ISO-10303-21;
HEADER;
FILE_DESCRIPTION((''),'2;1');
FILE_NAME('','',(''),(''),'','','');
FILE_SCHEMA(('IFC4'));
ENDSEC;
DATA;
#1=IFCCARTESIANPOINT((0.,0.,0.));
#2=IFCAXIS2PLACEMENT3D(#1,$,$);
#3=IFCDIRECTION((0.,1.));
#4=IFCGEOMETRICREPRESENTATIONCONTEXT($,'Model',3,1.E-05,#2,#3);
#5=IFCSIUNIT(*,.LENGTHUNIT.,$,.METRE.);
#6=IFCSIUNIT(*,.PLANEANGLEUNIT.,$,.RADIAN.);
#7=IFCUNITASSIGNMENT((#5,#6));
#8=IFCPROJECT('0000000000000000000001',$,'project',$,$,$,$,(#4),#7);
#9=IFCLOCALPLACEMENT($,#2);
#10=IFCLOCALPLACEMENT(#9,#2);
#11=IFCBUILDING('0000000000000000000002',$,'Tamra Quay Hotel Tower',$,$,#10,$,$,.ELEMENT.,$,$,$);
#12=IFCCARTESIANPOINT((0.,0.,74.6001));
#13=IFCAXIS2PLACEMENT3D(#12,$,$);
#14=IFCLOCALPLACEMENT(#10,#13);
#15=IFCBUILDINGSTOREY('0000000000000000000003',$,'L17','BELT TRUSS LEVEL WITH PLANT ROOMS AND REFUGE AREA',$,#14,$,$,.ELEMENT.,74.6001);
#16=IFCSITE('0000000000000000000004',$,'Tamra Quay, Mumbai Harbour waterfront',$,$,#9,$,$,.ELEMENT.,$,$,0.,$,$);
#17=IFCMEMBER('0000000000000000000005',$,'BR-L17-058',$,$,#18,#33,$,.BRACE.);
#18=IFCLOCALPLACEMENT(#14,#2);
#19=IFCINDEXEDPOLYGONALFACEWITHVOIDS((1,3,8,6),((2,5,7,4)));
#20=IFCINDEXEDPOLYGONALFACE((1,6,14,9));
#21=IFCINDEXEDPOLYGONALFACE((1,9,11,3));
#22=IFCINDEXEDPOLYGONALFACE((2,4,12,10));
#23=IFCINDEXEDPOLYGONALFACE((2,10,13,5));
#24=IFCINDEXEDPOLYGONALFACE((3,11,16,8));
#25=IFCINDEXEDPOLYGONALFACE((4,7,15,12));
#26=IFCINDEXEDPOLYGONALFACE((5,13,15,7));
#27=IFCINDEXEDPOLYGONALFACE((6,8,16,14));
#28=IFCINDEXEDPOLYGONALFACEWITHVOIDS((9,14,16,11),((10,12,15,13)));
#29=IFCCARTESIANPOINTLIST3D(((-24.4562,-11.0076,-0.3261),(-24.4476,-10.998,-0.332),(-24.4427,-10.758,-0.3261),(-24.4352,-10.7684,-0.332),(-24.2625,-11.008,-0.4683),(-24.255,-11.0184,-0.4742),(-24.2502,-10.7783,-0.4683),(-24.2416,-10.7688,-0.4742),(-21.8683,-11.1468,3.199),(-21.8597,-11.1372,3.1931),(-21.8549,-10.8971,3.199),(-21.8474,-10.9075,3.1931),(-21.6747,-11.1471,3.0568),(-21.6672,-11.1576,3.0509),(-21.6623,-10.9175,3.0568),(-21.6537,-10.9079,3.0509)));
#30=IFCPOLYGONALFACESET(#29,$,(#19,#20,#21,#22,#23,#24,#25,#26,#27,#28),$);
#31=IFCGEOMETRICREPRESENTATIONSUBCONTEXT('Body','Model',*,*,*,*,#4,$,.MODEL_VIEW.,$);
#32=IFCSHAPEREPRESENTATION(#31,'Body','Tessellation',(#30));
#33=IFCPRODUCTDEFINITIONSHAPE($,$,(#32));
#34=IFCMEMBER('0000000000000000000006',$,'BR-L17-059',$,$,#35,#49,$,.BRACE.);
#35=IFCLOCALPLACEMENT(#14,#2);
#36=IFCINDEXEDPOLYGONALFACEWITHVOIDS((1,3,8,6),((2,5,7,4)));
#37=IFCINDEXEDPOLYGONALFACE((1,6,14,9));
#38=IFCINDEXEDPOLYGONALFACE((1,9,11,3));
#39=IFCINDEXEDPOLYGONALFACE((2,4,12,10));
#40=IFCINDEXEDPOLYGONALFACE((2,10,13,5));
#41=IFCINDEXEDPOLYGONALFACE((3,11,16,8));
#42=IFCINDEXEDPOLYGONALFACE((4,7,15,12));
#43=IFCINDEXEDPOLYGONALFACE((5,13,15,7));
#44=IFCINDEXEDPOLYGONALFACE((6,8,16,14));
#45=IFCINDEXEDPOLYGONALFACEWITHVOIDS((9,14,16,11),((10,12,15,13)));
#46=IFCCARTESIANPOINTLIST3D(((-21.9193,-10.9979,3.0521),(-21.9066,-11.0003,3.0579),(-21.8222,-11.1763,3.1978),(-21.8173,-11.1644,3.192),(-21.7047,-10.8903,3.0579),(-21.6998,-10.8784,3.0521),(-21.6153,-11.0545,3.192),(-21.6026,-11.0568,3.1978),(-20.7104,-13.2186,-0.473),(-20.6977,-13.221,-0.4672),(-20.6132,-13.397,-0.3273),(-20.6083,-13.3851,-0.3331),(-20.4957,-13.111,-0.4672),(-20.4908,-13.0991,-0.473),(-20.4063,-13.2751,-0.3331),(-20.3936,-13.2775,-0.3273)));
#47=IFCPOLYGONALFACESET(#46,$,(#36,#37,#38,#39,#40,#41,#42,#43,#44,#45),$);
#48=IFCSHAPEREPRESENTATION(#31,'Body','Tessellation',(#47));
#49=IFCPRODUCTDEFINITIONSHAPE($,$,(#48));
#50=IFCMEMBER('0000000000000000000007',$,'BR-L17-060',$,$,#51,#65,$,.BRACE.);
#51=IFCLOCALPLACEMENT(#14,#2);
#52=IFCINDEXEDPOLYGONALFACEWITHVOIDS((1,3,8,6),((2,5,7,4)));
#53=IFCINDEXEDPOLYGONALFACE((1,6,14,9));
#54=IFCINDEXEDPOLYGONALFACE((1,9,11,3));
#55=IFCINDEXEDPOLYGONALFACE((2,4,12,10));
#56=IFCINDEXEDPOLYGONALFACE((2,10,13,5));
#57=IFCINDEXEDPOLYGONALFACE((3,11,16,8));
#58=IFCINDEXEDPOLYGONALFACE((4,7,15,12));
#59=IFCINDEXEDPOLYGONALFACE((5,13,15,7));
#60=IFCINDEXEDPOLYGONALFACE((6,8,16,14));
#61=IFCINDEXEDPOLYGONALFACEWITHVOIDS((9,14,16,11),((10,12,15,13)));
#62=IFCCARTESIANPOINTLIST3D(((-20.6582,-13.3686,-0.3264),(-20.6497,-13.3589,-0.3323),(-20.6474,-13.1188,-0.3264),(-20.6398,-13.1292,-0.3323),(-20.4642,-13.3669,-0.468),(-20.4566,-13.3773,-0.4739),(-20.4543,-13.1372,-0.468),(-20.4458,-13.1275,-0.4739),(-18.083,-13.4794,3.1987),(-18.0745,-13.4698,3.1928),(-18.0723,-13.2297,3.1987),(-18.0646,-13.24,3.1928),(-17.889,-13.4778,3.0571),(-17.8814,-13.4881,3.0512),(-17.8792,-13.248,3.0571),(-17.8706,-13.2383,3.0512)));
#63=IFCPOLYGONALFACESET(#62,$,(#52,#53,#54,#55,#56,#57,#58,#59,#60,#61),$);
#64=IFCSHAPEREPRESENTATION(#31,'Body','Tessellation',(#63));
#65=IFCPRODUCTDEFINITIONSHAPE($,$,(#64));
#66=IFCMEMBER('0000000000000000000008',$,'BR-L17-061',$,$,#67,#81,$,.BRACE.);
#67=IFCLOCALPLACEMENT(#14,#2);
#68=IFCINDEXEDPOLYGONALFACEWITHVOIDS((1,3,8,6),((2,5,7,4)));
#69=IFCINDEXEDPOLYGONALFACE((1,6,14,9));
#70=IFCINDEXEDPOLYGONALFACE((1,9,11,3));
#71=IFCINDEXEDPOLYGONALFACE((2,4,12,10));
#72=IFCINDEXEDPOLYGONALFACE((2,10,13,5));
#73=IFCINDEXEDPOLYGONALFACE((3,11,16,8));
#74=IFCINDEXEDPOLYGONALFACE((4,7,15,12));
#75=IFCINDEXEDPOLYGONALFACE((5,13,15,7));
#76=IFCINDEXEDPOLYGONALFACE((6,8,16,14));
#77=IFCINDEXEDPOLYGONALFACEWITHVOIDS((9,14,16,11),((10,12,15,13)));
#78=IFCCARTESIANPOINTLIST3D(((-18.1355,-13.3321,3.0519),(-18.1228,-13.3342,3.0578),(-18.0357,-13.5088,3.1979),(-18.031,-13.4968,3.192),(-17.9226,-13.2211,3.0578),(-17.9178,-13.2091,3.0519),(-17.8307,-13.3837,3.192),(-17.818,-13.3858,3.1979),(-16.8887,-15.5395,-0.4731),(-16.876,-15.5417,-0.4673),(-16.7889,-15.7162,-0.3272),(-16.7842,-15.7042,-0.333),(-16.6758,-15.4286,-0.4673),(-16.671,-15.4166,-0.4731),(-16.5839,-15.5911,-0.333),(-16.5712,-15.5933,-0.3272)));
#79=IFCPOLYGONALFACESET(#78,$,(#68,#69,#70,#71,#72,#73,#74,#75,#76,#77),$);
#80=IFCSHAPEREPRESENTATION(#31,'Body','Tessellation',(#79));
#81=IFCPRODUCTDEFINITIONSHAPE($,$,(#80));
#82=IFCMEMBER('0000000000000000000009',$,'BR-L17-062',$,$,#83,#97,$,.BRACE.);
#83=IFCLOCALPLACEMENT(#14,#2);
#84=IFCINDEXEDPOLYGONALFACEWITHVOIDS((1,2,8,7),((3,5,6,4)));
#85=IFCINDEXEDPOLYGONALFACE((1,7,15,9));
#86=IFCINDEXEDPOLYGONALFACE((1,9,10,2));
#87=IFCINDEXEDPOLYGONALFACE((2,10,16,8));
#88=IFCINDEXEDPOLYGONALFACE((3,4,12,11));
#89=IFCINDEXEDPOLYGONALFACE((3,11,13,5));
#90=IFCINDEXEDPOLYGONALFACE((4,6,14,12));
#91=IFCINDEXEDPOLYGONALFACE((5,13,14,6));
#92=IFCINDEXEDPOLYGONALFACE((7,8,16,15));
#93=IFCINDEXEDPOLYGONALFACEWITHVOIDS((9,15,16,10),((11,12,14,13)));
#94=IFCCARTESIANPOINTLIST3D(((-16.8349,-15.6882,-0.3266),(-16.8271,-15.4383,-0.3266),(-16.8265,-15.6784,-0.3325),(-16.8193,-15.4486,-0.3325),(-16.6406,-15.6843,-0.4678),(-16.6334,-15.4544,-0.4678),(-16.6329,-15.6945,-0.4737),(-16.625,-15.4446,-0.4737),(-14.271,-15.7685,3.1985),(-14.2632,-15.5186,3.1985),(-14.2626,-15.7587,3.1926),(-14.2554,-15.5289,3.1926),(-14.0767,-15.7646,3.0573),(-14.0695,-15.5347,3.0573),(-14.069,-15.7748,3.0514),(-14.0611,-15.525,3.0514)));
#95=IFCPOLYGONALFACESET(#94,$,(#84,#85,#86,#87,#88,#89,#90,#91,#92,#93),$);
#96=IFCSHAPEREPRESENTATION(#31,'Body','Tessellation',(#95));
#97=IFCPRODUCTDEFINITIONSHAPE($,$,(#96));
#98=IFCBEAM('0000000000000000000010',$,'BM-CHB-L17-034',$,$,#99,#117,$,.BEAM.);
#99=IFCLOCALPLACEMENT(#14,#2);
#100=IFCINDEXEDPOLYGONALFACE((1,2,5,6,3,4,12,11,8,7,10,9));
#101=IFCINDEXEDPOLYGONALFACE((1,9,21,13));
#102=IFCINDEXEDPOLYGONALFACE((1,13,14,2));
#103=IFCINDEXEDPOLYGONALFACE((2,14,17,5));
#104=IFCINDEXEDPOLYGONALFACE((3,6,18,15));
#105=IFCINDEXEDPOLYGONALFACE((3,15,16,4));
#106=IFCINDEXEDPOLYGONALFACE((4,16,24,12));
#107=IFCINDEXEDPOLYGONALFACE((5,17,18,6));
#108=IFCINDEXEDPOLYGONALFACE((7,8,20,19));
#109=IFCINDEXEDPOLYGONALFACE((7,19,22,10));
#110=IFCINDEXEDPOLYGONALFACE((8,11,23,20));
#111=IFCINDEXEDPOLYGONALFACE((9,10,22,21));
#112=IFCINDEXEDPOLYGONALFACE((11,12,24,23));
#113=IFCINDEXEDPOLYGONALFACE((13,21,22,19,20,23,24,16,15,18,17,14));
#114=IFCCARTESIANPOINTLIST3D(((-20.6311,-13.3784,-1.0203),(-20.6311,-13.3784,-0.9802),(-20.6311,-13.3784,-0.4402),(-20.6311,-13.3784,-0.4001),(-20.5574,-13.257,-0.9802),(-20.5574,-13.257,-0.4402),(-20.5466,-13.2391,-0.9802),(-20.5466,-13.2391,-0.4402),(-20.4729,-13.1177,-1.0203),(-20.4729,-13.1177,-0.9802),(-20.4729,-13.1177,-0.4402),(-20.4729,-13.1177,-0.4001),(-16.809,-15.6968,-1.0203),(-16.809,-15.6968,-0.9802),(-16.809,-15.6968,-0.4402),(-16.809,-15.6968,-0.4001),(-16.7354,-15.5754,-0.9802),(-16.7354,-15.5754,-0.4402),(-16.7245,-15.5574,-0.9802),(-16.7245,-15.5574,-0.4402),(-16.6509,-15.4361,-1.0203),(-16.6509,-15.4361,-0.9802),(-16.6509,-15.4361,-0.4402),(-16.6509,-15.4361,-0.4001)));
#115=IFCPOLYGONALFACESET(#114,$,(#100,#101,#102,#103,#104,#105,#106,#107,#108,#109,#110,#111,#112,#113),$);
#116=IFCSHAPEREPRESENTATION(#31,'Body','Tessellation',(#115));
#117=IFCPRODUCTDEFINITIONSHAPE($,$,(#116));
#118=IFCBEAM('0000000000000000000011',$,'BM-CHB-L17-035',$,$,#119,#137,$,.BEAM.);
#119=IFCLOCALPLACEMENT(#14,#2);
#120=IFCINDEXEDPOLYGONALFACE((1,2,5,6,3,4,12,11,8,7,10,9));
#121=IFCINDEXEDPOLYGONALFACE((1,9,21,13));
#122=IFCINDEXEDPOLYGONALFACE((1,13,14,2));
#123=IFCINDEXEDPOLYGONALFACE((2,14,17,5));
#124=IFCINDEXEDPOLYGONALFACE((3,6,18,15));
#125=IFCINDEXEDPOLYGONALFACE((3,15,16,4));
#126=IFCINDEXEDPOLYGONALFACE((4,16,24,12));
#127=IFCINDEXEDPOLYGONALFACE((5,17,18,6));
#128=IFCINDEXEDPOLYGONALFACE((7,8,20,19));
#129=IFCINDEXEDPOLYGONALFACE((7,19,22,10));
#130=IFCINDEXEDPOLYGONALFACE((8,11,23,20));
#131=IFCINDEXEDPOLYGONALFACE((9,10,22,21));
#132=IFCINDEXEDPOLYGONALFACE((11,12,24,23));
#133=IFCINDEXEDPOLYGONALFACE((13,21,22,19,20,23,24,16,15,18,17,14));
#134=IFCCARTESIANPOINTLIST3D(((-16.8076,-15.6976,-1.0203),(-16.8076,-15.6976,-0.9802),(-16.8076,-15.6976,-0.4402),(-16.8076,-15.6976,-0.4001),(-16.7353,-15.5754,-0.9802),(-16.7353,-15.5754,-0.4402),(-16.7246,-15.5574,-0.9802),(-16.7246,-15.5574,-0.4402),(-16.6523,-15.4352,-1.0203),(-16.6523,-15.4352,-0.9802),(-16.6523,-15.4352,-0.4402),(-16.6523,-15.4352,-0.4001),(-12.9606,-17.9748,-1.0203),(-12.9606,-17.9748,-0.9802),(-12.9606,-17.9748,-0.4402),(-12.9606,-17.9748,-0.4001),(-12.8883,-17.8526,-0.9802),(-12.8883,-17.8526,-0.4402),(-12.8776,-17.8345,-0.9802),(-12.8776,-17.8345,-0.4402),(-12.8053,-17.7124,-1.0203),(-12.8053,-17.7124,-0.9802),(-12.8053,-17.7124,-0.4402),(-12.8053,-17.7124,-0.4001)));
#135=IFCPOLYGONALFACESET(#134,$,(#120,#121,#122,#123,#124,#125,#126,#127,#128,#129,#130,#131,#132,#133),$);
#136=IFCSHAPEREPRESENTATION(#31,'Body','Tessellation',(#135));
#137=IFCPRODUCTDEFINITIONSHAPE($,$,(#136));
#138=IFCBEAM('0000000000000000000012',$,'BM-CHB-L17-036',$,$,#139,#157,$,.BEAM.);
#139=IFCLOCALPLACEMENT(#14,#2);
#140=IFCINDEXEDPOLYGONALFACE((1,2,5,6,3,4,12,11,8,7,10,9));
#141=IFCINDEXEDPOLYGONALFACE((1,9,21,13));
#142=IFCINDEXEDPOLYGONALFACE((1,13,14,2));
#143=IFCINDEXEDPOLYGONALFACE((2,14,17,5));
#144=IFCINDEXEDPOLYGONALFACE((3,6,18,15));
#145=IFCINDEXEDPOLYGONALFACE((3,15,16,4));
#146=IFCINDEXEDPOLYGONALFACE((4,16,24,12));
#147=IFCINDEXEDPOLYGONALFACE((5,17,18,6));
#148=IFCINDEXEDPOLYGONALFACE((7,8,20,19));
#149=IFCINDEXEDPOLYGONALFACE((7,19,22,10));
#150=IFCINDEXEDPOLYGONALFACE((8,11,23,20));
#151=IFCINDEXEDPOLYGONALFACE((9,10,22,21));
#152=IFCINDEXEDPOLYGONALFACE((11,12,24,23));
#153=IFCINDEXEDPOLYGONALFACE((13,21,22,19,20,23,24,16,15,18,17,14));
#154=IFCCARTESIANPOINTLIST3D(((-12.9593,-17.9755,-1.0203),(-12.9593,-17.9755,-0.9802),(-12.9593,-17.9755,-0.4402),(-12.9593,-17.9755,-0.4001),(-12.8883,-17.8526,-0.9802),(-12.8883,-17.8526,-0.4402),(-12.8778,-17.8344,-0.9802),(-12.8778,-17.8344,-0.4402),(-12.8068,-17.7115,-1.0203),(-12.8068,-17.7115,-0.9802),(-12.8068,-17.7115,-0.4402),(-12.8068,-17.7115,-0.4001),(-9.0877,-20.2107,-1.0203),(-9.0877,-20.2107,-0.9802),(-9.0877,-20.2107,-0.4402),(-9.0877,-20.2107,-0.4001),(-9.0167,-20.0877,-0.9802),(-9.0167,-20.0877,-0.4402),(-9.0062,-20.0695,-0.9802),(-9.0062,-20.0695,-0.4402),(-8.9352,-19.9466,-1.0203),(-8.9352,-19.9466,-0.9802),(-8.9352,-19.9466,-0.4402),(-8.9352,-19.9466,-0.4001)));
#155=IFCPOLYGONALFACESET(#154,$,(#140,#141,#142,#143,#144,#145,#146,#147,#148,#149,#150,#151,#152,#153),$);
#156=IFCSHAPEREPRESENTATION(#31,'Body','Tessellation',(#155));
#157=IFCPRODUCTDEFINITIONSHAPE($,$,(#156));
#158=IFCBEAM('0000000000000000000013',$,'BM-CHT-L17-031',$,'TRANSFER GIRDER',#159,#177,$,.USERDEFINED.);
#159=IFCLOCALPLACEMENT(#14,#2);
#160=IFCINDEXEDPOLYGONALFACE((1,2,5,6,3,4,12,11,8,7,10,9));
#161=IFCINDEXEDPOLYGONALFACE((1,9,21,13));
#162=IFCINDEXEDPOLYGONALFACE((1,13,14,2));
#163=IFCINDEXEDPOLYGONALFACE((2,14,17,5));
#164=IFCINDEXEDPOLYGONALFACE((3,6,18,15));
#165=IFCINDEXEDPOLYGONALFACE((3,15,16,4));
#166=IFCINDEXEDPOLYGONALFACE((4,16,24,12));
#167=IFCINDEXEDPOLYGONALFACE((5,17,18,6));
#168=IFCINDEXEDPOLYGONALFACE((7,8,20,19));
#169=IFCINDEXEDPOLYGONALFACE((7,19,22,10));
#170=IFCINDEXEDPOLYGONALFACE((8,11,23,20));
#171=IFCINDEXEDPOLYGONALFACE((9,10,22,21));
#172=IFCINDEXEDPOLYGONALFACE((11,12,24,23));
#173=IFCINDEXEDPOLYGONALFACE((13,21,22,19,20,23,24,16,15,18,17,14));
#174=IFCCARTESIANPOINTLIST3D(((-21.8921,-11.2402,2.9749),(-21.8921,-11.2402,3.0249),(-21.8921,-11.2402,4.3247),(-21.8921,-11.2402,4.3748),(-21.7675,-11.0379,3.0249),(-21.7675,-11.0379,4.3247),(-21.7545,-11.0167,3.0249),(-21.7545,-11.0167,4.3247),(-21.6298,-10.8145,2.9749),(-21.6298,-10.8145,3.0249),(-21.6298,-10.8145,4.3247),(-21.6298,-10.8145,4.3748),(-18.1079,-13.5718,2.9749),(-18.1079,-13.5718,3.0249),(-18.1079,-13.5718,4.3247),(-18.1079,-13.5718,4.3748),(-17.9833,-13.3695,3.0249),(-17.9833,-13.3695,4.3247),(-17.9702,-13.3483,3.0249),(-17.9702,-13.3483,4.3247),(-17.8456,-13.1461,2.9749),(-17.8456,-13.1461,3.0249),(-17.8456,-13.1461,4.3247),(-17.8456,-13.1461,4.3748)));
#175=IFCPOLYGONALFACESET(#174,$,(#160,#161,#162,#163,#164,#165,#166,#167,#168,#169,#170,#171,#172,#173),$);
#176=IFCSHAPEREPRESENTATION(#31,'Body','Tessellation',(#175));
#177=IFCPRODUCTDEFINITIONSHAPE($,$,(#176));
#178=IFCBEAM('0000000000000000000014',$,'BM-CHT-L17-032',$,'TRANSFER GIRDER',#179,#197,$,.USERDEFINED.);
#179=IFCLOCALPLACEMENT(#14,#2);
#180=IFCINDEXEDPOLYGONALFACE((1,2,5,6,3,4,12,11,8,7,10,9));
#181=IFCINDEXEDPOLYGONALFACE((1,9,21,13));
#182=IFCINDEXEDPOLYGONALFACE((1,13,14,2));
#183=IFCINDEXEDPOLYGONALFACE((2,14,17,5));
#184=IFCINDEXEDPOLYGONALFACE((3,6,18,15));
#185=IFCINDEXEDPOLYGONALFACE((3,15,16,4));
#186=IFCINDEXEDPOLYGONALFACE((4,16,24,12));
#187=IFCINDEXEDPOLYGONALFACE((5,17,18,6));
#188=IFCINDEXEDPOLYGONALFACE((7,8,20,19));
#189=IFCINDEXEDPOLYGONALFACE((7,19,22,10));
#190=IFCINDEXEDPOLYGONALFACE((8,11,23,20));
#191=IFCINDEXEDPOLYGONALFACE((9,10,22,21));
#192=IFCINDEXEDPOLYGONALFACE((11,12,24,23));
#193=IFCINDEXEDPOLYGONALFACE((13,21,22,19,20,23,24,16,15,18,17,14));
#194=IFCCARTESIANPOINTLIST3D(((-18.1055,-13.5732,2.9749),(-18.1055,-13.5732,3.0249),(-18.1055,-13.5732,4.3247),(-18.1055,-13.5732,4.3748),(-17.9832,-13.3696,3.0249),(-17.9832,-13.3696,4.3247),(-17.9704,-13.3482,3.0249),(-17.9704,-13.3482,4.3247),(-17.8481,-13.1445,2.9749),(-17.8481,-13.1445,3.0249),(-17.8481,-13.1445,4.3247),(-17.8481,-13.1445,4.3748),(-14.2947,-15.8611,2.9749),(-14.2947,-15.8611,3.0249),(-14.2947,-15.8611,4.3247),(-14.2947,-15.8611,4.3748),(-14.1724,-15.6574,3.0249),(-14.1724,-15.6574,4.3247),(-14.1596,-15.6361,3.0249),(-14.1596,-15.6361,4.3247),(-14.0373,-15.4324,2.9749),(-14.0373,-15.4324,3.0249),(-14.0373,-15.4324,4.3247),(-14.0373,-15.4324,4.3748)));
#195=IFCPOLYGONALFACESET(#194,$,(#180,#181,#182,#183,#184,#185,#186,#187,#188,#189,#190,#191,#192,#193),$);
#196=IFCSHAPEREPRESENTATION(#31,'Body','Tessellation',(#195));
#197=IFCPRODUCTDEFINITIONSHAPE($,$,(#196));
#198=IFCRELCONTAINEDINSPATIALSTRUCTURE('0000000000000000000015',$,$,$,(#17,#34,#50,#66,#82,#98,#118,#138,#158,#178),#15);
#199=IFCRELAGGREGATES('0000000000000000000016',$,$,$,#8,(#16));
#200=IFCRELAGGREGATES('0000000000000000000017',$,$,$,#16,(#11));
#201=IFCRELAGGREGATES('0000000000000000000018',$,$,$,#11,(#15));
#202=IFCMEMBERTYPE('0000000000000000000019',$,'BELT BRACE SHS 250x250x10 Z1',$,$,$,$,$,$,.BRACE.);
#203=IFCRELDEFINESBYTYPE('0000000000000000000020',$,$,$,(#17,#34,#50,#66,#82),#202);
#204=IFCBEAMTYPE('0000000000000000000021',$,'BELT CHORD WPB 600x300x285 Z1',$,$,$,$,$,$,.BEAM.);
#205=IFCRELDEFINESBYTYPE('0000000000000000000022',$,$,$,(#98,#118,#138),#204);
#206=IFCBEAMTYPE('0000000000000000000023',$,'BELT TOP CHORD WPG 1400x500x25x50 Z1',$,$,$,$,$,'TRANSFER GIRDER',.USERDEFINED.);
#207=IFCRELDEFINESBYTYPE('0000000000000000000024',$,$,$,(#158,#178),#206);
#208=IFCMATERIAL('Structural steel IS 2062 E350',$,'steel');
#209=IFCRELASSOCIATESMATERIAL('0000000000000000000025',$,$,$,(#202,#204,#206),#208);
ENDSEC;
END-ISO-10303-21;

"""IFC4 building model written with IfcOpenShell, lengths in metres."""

from ifc_helpers import new_model, si_unit, direction, frame, origin, origin_2d, place, context, subcontext, project, spatial, hollow_rectangle, i_section, extrude, material, material_profile, profile_set, type_object, element, save


model = new_model("IFC4")

# Units and contexts
model_context = context("Model", 3, precision=1e-05, world=origin(), true_north=direction((0.0, 1.0)))
body_context = subcontext(model_context, "Body", "Model", "MODEL_VIEW")
ifc_project = project(units=[si_unit("LENGTHUNIT", "METRE"), si_unit("PLANEANGLEUNIT", "RADIAN")], contexts=[model_context])

# Site, building, storey
site_placement = place(None, origin())
site = spatial("IfcSite", under=ifc_project, at=site_placement, Name="Tamra Quay, Mumbai Harbour waterfront", CompositionType="ELEMENT", RefElevation=0.0)
building_placement = place(site_placement, origin())
building = spatial("IfcBuilding", under=site, at=building_placement, Name="Tamra Quay Hotel Tower", CompositionType="ELEMENT")
storey_placement = place(building_placement, frame((0.0, 0.0, 74.6001)))
storey = spatial("IfcBuildingStorey", under=building, at=storey_placement, Name="L17", Description="BELT TRUSS LEVEL WITH PLANT ROOMS AND REFUGE AREA", CompositionType="ELEMENT", Elevation=74.6001)

# Members
ifc_material_1 = material(Name="Structural steel IS 2062 E350", Category="steel")
ifc_material_profile_1 = material_profile(ifc_material_1, hollow_rectangle(XDim=0.25, YDim=0.25, WallThickness=0.01, at=origin_2d()), Name="SHS 250x250x10")
ifc_profile_set_1 = profile_set([ifc_material_profile_1], Name="Structural steel IS 2062 E350")
member_type = type_object("IfcMemberType", Name="BELT BRACE SHS 250x250x10 Z1", PredefinedType="BRACE", material=ifc_profile_set_1)
member_1_placement = place(storey_placement, frame((-24.3489, -10.8882, -0.4001), z_axis=(0.591478, -0.031806, 0.805694), x_axis=(0.053696, 0.998557, 0.0)))
element("IfcMember", 1, at=member_1_placement, inside=storey, type_object=member_type, Name="BR-L17-058", PredefinedType="BRACE", context=body_context, shape_type="SweptSolid", body=[
    extrude(hollow_rectangle(XDim=0.25, YDim=0.25, WallThickness=0.01, at=origin_2d()), origin(), (0.0, 0.0, 1.0), 4.3752),
])
member_2_placement = place(storey_placement, frame((-20.552, -13.248, -0.4001), z_axis=(-0.278685, 0.511897, 0.812586), x_axis=(-0.878279, -0.478148, 0.0)))
element("IfcMember", 2, at=member_2_placement, inside=storey, type_object=member_type, Name="BR-L17-059", PredefinedType="BRACE", context=body_context, shape_type="SweptSolid", body=[
    extrude(hollow_rectangle(XDim=0.25, YDim=0.25, WallThickness=0.01, at=origin_2d()), origin(), (0.0, 0.0, 1.0), 4.3381),
])
member_3_placement = place(storey_placement, frame((-20.552, -13.248, -0.4001), z_axis=(0.589696, -0.025381, 0.807226), x_axis=(0.043002, 0.999075, 0.0)))
element("IfcMember", 3, at=member_3_placement, inside=storey, type_object=member_type, Name="BR-L17-060", PredefinedType="BRACE", context=body_context, shape_type="SweptSolid", body=[
    extrude(hollow_rectangle(XDim=0.25, YDim=0.25, WallThickness=0.01, at=origin_2d()), origin(), (0.0, 0.0, 1.0), 4.3669),
])
member_4_placement = place(storey_placement, frame((-16.73, -15.5664, -0.4001), z_axis=(-0.287144, 0.508392, 0.811841), x_axis=(-0.870715, -0.491788, 0.0)))
element("IfcMember", 4, at=member_4_placement, inside=storey, type_object=member_type, Name="BR-L17-061", PredefinedType="BRACE", context=body_context, shape_type="SweptSolid", body=[
    extrude(hollow_rectangle(XDim=0.25, YDim=0.25, WallThickness=0.01, at=origin_2d()), origin(), (0.0, 0.0, 1.0), 4.342),
])
member_5_placement = place(storey_placement, frame((-16.73, -15.5664, -0.4001), z_axis=(0.588105, -0.018424, 0.808575), x_axis=(0.031312, 0.99951, 0.0)))
element("IfcMember", 5, at=member_5_placement, inside=storey, type_object=member_type, Name="BR-L17-062", PredefinedType="BRACE", context=body_context, shape_type="SweptSolid", body=[
    extrude(hollow_rectangle(XDim=0.25, YDim=0.25, WallThickness=0.01, at=origin_2d()), origin(), (0.0, 0.0, 1.0), 4.3596),
])

# Beams
ifc_material_profile_2 = material_profile(ifc_material_1, i_section(OverallWidth=0.3049, OverallDepth=0.6201, WebThickness=0.021, FlangeThickness=0.04, at=origin_2d()), Name="WPB 600x300x285")
ifc_profile_set_2 = profile_set([ifc_material_profile_2], Name="Structural steel IS 2062 E350")
beam_type_1 = type_object("IfcBeamType", Name="BELT CHORD WPB 600x300x285 Z1", PredefinedType="BEAM", material=ifc_profile_set_2)
beam_placement = place(storey_placement, frame((-20.552, -13.248, -0.7102), z_axis=(0.855001, -0.518626, 0.0), x_axis=(0.518626, 0.855001, 0.0)))
element("IfcBeam", 6, at=beam_placement, inside=storey, type_object=beam_type_1, Name="BM-CHB-L17-034", PredefinedType="BEAM", context=body_context, shape_type="SweptSolid", body=[
    extrude(i_section(OverallWidth=0.3049, OverallDepth=0.6201, WebThickness=0.021, FlangeThickness=0.04, at=origin_2d()), origin(), (0.0, 0.0, 1.0), 4.4702),
])
for number, where, z_axis, x_axis, name in (
    (7, (-16.73, -15.5664, -0.7102), (0.860542, -0.509379, 0.0), (0.509379, 0.860542, 0.0), "BM-CHB-L17-035"),
    (8, (-12.8831, -17.8435, -0.7102), (0.86604, -0.499975, 0.0), (0.499975, 0.86604, 0.0), "BM-CHB-L17-036"),
):
    element("IfcBeam", number, at=place(storey_placement, frame(where, z_axis=z_axis, x_axis=x_axis)), inside=storey, type_object=beam_type_1, Name=name, PredefinedType="BEAM", context=body_context, shape_type="SweptSolid", body=[
        extrude(i_section(OverallWidth=0.3049, OverallDepth=0.6201, WebThickness=0.021, FlangeThickness=0.04, at=origin_2d()), origin(), (0.0, 0.0, 1.0), 4.4705),
    ])
ifc_material_profile_3 = material_profile(ifc_material_1, i_section(OverallWidth=0.5, OverallDepth=1.3999, WebThickness=0.0249, FlangeThickness=0.05, at=origin_2d()), Name="WPG 1400x500x25x50")
ifc_profile_set_3 = profile_set([ifc_material_profile_3], Name="Structural steel IS 2062 E350")
beam_type_2 = type_object("IfcBeamType", Name="BELT TOP CHORD WPG 1400x500x25x50 Z1", ElementType="TRANSFER GIRDER", PredefinedType="USERDEFINED", material=ifc_profile_set_3)
for number, where, z_axis, x_axis, name in (
    (9, (-21.761, -11.0273, 3.6748), (0.851375, -0.524557, 0.0), (0.524557, 0.851375, 0.0), "BM-CHT-L17-031"),
    (10, (-17.9768, -13.3589, 3.6748), (0.857357, -0.514722, 0.0), (0.514722, 0.857357, 0.0), "BM-CHT-L17-032"),
):
    element("IfcBeam", number, at=place(storey_placement, frame(where, z_axis=z_axis, x_axis=x_axis)), inside=storey, type_object=beam_type_2, Name=name, ObjectType="TRANSFER GIRDER", PredefinedType="USERDEFINED", context=body_context, shape_type="SweptSolid", body=[
        extrude(i_section(OverallWidth=0.5, OverallDepth=1.3999, WebThickness=0.0249, FlangeThickness=0.05, at=origin_2d()), origin(), (0.0, 0.0, 1.0), 4.4448),
    ])

save(model, "model.ifc")
